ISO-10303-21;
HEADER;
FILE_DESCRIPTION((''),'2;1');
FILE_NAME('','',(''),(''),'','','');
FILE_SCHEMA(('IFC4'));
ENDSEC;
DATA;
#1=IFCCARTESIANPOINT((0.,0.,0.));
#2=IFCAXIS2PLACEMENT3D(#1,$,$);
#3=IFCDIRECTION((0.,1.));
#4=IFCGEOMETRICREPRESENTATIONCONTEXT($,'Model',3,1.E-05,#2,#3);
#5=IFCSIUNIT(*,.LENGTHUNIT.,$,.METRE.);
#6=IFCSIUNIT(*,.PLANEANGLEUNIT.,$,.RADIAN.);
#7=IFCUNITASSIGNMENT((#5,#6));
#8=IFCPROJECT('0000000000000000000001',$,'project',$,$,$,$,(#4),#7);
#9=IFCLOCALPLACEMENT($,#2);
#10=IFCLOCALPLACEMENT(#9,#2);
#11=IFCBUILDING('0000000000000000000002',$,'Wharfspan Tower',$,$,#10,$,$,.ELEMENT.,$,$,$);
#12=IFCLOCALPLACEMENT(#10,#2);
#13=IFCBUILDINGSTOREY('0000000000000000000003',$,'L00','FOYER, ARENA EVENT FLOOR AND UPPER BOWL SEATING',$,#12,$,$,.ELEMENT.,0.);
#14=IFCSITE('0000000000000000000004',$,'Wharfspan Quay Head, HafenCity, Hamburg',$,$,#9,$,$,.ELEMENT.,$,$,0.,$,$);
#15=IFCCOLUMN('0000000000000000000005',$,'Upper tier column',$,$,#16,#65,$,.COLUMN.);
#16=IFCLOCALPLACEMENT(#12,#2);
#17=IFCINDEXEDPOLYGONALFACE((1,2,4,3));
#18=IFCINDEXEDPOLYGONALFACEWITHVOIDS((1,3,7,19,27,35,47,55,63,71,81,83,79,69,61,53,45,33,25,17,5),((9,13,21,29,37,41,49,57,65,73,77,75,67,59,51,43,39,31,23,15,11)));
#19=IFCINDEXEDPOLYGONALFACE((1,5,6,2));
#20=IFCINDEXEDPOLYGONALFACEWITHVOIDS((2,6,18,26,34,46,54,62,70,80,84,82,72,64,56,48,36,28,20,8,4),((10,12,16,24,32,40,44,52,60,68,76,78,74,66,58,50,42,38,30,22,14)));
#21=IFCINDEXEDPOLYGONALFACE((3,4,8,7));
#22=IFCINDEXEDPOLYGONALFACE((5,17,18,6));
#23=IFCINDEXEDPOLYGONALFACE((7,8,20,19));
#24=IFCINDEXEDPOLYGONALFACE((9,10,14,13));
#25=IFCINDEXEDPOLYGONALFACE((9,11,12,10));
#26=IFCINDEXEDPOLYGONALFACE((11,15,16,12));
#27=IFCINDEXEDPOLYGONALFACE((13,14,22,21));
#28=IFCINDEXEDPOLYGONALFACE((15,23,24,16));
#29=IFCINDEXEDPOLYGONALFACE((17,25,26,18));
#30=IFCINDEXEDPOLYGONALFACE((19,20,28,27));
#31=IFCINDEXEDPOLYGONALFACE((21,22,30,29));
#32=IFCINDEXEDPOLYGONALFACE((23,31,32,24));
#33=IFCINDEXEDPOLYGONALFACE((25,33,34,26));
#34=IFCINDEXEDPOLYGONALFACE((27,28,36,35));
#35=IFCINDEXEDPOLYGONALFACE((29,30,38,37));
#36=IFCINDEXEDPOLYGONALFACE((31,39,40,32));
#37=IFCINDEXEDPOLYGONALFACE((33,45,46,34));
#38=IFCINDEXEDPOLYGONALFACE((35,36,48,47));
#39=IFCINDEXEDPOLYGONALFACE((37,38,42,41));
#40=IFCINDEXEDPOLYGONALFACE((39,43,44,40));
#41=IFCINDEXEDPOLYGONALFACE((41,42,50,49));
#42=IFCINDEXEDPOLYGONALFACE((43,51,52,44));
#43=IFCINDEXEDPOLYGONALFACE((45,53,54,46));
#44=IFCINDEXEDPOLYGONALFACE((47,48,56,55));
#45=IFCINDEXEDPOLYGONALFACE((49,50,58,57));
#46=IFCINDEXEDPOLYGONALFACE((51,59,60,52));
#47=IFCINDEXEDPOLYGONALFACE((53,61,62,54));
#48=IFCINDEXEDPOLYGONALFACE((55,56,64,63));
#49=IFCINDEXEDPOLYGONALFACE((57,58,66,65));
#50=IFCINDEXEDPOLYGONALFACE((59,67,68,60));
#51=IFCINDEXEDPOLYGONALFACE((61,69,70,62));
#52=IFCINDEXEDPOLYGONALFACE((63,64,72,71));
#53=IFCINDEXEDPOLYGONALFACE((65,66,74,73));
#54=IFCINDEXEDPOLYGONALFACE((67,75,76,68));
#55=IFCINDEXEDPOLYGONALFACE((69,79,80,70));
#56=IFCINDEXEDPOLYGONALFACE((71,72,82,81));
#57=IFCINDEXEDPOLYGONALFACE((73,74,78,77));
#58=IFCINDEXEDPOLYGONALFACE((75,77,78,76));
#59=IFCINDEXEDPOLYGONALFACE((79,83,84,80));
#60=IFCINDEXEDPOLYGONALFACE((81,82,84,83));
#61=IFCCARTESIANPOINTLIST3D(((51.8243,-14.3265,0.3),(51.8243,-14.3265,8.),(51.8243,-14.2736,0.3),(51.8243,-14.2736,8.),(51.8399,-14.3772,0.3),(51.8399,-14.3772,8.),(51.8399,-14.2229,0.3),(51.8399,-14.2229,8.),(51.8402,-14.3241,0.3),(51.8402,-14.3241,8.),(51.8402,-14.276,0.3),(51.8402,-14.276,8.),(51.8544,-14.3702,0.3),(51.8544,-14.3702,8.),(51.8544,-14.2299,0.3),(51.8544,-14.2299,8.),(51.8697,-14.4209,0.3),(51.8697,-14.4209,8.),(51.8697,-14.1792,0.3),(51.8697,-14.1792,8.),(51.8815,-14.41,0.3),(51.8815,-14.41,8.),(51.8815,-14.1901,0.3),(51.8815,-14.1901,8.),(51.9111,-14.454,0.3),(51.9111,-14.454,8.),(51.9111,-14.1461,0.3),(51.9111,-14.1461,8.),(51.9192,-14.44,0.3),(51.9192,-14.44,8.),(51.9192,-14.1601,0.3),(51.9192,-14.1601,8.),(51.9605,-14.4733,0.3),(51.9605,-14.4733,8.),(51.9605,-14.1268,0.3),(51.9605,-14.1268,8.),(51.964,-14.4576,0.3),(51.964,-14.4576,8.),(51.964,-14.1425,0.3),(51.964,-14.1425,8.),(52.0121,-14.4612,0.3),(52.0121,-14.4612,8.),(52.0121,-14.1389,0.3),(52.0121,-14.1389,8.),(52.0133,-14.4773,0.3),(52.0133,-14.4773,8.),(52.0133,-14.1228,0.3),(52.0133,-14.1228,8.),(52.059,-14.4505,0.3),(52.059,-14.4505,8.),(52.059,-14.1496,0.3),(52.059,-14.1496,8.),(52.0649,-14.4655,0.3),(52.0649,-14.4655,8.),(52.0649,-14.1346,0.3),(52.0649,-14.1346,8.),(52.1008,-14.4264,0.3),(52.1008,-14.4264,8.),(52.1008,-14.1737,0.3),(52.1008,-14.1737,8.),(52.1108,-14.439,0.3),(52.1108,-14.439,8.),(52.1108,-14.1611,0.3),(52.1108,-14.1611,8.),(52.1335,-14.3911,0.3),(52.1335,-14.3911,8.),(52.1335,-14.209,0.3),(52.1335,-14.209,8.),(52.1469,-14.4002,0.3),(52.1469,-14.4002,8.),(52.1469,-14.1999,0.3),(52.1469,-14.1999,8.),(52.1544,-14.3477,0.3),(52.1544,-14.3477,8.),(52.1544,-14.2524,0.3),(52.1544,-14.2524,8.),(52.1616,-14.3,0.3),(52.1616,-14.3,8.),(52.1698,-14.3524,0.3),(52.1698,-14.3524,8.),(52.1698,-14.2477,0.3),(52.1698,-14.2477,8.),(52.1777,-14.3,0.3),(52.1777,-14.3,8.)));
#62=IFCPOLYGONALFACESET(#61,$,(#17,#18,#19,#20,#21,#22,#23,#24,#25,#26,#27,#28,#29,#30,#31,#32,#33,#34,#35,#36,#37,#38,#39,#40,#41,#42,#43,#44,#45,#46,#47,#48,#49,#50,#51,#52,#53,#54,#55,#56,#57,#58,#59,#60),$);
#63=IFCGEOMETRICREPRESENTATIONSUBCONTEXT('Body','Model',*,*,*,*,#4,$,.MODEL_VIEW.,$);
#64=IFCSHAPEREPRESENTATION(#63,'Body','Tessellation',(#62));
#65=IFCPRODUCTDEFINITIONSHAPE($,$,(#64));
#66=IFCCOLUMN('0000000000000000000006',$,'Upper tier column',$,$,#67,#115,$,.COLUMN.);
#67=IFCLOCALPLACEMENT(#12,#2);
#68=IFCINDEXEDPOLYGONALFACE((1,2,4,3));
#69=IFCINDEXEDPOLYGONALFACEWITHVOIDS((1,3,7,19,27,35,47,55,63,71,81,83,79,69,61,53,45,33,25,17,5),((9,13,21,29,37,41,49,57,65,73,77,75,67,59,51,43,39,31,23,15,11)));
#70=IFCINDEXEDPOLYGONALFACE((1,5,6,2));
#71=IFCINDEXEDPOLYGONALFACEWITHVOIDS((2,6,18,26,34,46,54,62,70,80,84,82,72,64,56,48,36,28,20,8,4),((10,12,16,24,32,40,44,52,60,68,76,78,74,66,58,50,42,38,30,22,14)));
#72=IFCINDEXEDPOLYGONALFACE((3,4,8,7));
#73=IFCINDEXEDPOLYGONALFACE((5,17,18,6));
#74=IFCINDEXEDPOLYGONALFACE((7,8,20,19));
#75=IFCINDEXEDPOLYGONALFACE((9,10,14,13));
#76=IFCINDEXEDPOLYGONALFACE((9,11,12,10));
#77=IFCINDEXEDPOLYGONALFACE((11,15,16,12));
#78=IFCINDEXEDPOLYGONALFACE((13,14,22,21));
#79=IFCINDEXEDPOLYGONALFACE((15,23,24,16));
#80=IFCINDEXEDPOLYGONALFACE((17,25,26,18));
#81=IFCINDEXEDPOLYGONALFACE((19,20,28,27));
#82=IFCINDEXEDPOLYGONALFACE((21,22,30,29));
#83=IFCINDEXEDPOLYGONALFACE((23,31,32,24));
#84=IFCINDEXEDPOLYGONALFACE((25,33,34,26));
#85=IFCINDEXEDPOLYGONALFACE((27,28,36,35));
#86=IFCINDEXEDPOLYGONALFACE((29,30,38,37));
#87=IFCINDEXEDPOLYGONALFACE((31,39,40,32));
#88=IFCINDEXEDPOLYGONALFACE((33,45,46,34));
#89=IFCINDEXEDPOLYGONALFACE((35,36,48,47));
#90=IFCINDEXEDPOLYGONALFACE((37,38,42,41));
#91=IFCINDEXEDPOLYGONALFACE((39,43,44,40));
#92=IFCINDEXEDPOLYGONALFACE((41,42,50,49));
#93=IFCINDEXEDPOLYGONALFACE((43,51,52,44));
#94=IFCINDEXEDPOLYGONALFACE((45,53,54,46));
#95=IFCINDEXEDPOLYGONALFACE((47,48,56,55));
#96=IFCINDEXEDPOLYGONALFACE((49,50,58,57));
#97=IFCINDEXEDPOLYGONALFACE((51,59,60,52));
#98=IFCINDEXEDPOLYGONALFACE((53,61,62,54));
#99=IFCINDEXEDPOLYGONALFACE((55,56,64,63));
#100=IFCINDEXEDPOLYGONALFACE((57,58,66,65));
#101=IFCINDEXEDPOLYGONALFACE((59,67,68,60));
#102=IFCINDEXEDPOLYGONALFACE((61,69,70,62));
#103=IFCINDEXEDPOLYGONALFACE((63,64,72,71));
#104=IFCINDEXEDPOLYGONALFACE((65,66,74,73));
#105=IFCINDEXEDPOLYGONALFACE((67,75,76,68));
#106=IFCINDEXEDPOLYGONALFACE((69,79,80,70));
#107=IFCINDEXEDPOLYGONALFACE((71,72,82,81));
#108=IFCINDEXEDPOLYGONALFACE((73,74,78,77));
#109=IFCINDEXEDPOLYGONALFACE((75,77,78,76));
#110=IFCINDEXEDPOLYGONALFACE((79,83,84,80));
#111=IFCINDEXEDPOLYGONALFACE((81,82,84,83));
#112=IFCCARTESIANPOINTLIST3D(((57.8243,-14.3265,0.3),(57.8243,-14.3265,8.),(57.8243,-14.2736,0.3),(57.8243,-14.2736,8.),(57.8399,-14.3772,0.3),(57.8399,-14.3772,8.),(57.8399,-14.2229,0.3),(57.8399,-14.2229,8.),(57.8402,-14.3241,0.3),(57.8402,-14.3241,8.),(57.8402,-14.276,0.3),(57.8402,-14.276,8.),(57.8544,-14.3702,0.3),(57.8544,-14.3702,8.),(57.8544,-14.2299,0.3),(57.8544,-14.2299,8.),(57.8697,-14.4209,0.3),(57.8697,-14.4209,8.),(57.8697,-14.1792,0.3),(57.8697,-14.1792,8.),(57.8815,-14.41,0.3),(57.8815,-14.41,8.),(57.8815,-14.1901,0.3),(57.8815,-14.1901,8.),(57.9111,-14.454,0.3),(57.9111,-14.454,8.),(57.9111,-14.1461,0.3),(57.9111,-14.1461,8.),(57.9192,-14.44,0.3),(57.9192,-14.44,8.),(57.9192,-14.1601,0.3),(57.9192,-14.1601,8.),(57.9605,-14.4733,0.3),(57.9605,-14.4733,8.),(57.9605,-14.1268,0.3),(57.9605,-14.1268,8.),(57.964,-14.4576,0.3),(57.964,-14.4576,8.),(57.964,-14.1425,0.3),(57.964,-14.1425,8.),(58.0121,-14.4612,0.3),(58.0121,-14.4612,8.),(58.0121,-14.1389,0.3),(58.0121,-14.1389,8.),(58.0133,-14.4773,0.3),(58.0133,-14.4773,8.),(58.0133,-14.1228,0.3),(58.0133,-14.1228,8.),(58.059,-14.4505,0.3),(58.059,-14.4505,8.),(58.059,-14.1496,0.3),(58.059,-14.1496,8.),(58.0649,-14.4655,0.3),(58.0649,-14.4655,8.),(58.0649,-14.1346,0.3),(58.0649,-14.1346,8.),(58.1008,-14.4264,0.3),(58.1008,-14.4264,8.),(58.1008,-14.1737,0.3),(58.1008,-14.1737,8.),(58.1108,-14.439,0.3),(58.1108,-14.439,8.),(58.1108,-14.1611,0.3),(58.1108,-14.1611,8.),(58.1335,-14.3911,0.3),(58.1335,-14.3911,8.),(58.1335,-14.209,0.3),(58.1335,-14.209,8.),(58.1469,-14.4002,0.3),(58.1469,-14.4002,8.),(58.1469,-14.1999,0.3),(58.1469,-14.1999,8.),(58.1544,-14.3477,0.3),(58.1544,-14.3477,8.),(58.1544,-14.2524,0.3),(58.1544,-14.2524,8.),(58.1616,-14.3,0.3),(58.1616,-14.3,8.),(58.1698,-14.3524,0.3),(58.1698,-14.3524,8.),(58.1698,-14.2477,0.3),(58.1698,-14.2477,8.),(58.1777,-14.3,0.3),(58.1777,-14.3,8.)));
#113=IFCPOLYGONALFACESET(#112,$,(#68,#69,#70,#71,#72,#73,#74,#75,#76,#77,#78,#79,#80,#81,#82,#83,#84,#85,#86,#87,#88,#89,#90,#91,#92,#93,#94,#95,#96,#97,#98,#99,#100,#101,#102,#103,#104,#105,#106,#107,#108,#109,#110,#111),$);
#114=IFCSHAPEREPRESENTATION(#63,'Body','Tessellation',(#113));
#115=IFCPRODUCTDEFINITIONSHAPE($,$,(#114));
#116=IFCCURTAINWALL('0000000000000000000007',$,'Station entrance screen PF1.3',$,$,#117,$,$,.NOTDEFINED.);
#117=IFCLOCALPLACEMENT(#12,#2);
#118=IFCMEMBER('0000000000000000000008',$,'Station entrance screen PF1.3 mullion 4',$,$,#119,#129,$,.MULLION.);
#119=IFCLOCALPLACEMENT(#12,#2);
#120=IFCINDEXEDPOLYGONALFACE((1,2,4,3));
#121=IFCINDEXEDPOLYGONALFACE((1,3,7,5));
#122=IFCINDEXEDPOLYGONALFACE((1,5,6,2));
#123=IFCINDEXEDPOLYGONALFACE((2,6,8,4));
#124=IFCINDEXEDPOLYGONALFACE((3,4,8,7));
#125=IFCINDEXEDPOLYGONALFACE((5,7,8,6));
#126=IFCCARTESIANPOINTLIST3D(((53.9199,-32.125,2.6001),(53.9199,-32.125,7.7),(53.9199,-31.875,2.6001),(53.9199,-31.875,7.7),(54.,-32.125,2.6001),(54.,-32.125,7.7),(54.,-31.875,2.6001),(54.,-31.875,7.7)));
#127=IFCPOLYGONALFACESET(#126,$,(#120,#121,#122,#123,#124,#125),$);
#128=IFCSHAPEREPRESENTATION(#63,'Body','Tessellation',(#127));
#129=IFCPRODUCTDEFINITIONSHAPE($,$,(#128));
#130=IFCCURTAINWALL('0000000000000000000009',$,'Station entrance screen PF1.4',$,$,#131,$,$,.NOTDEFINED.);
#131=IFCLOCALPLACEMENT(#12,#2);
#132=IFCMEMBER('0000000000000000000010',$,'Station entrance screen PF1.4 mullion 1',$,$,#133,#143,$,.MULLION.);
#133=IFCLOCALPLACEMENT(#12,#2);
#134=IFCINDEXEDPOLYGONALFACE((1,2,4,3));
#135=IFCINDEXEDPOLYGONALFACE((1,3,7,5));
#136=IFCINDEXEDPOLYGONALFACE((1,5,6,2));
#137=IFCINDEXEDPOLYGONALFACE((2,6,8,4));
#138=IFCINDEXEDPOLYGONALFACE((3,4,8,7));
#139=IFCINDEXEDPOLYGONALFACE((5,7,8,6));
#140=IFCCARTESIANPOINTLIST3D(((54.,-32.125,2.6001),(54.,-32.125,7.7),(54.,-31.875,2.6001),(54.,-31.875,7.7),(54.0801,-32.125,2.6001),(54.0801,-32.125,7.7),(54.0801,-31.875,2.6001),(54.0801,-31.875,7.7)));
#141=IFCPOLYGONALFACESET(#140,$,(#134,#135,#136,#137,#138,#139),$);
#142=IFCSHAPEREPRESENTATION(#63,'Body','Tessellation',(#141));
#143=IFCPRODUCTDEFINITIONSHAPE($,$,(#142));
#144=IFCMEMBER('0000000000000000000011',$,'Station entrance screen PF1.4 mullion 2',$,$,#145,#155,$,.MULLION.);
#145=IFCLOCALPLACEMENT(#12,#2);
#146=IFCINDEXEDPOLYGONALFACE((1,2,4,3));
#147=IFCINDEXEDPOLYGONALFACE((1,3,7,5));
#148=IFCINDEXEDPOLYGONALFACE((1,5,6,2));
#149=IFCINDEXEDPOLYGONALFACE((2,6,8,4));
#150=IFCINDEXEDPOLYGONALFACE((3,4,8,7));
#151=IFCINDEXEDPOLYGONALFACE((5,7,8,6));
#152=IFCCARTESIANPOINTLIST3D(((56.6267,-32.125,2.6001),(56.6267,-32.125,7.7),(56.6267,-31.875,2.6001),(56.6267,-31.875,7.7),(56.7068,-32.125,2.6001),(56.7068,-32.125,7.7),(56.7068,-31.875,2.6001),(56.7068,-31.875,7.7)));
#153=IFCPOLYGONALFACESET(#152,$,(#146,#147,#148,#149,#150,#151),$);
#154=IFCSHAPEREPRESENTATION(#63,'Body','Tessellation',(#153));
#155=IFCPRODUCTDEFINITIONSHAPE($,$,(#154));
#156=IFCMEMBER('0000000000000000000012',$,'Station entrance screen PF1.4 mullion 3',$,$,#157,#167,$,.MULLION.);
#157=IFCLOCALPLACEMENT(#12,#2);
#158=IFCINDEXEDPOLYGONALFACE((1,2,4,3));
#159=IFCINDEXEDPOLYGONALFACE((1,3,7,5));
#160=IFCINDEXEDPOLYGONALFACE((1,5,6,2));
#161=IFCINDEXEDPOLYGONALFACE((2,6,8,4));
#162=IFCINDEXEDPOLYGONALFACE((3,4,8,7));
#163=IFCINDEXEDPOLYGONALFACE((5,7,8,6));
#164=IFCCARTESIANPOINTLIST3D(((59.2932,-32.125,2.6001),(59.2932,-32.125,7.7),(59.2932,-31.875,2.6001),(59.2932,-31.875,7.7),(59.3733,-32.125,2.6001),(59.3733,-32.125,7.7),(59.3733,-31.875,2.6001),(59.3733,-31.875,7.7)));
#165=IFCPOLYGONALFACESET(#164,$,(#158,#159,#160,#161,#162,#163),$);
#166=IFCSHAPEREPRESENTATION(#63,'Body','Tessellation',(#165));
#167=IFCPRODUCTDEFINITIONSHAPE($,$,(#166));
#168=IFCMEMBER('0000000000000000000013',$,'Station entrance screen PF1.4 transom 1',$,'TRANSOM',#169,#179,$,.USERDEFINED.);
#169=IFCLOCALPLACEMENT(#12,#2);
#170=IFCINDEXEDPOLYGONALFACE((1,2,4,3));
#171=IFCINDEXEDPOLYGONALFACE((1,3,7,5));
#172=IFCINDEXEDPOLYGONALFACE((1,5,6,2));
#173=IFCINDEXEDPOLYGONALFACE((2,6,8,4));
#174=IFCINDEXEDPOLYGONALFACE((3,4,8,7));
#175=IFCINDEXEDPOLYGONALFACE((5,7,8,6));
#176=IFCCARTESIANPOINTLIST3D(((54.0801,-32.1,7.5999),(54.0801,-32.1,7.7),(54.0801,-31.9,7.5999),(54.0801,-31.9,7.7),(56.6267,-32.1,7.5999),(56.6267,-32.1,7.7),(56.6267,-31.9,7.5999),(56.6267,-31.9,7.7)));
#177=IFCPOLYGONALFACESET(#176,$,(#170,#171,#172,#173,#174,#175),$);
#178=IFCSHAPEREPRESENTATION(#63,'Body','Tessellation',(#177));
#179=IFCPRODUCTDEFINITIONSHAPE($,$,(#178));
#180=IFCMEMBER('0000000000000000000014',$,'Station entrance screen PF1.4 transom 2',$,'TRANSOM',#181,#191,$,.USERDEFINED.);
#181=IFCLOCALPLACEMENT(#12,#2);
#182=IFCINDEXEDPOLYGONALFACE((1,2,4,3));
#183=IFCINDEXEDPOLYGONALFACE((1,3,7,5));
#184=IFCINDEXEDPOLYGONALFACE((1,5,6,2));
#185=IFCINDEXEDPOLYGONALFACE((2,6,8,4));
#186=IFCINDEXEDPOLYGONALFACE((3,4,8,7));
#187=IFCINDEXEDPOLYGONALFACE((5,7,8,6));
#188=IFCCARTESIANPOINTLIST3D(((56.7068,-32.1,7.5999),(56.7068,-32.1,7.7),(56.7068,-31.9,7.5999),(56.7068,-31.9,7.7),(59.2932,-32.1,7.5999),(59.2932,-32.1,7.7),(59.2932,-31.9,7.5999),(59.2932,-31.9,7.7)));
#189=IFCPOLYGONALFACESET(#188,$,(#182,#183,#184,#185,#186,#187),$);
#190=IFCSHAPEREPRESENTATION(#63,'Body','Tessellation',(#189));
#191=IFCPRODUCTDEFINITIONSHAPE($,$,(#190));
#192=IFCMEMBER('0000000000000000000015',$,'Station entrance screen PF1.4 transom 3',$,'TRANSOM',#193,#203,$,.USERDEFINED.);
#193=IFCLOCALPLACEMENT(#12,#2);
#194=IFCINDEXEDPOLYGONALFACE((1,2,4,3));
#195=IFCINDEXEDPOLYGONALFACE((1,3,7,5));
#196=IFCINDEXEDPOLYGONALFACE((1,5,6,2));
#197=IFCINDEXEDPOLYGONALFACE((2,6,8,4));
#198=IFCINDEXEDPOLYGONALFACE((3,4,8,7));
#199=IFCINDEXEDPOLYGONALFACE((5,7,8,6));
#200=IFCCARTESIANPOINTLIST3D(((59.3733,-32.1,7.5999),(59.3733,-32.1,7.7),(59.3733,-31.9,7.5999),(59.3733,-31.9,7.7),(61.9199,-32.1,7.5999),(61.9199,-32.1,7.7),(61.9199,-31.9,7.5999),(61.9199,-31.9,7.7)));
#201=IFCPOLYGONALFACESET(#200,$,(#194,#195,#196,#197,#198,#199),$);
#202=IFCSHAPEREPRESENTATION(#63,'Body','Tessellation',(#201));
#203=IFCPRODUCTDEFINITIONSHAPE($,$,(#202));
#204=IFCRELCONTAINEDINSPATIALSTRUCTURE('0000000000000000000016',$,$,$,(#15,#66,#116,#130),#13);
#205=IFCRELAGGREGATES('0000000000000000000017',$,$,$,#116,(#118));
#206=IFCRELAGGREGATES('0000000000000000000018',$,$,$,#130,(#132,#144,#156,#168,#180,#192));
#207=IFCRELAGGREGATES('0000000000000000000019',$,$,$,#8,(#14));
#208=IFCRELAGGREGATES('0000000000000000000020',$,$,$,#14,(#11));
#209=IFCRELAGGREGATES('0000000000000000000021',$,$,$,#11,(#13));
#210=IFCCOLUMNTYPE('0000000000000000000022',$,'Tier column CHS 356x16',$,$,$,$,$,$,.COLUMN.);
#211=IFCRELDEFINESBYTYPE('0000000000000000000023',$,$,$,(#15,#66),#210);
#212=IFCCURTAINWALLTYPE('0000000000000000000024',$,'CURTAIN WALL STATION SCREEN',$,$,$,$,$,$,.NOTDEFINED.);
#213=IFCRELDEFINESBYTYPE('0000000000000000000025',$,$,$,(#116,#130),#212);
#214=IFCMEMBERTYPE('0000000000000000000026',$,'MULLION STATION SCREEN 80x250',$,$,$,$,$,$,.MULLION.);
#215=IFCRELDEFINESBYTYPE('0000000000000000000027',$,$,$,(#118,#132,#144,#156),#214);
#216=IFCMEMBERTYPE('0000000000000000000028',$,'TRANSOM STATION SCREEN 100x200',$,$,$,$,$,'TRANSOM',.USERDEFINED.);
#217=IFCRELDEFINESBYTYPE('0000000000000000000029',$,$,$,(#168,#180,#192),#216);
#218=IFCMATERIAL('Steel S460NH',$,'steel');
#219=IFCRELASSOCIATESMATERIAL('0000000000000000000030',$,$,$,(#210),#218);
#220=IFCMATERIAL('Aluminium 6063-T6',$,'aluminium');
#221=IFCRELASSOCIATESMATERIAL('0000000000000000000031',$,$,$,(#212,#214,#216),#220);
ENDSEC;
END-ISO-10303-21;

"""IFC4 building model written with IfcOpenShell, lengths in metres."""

from ifc_helpers import new_model, si_unit, direction, frame, origin, origin_2d, place, context, subcontext, project, spatial, rectangle, hollow_circle, extrude, material, material_profile, profile_set, type_object, element, aggregate, save


model = new_model("IFC4")

# Units and contexts
model_context = context("Model", 3, precision=1e-05, world=origin(), true_north=direction((0.0, 1.0)))
body_context = subcontext(model_context, "Body", "Model", "MODEL_VIEW")
ifc_project = project(units=[si_unit("LENGTHUNIT", "METRE"), si_unit("PLANEANGLEUNIT", "RADIAN")], contexts=[model_context])

# Site, building, storey
site_placement = place(None, origin())
site = spatial("IfcSite", under=ifc_project, at=site_placement, Name="Wharfspan Quay Head, HafenCity, Hamburg", CompositionType="ELEMENT", RefElevation=0.0)
building_placement = place(site_placement, origin())
building = spatial("IfcBuilding", under=site, at=building_placement, Name="Wharfspan Tower", CompositionType="ELEMENT")
storey_placement = place(building_placement, origin())
storey = spatial("IfcBuildingStorey", under=building, at=storey_placement, Name="L00", Description="FOYER, ARENA EVENT FLOOR AND UPPER BOWL SEATING", CompositionType="ELEMENT", Elevation=0.0)

# Columns
ifc_material_1 = material(Name="Steel S460NH", Category="steel")
ifc_material_profile_1 = material_profile(ifc_material_1, hollow_circle(Radius=0.1777, WallThickness=0.0161, at=origin_2d()))
ifc_profile_set_1 = profile_set([ifc_material_profile_1], Name="Steel S460NH")
column_type_1 = type_object("IfcColumnType", Name="Tier column CHS 356x16", PredefinedType="COLUMN", material=ifc_profile_set_1)
for number, where, z_axis, x_axis, name in (
    (1, (52.0, -14.3, 0.3), (0.0, 0.0, 1.0), (1.0, 0.0, 0.0), "Upper tier column"),
    (2, (58.0, -14.3, 0.3), (0.0, 0.0, 1.0), (1.0, 0.0, 0.0), "Upper tier column"),
):
    element("IfcColumn", number, at=place(storey_placement, frame(where, z_axis=z_axis, x_axis=x_axis)), inside=storey, type_object=column_type_1, Name=name, PredefinedType="COLUMN", context=body_context, shape_type="SweptSolid", body=[
        extrude(hollow_circle(Radius=0.1777, WallThickness=0.0161, at=origin_2d()), origin(), (0.0, 0.0, 1.0), 7.7),
    ])

# Curtain wall, member
ifc_material_2 = material(Name="Aluminium 6063-T6", Category="aluminium")
curtain_wall_type = type_object("IfcCurtainWallType", Name="CURTAIN WALL STATION SCREEN", PredefinedType="NOTDEFINED", material=ifc_material_2)
curtain_wall_1_placement = place(storey_placement, origin())
curtain_wall_1 = element("IfcCurtainWall", 3, at=curtain_wall_1_placement, inside=storey, type_object=curtain_wall_type, Name="Station entrance screen PF1.3", PredefinedType="NOTDEFINED")
ifc_material_profile_2 = material_profile(ifc_material_2, rectangle(XDim=0.25, YDim=0.0801, at=origin_2d()))
ifc_profile_set_2 = profile_set([ifc_material_profile_2], Name="Aluminium 6063-T6")
member_type_1 = type_object("IfcMemberType", Name="MULLION STATION SCREEN 80x250", PredefinedType="MULLION", material=ifc_profile_set_2)
member_1_placement = place(storey_placement, frame((53.96, -32.0, 2.6001), z_axis=(0.0, 0.0, 1.0), x_axis=(0.0, 1.0, 0.0)))
member_1 = element("IfcMember", 4, at=member_1_placement, type_object=member_type_1, Name="Station entrance screen PF1.3 mullion 4", PredefinedType="MULLION", context=body_context, shape_type="SweptSolid", body=[
    extrude(rectangle(XDim=0.25, YDim=0.0801, at=origin_2d()), origin(), (0.0, 0.0, 1.0), 5.0999),
])

# Curtain wall, members
curtain_wall_2_placement = place(storey_placement, origin())
curtain_wall_2 = element("IfcCurtainWall", 5, at=curtain_wall_2_placement, inside=storey, type_object=curtain_wall_type, Name="Station entrance screen PF1.4", PredefinedType="NOTDEFINED")
member_2_placement = place(storey_placement, frame((54.04, -32.0, 2.6001), z_axis=(0.0, 0.0, 1.0), x_axis=(0.0, 1.0, 0.0)))
member_2 = element("IfcMember", 6, at=member_2_placement, type_object=member_type_1, Name="Station entrance screen PF1.4 mullion 1", PredefinedType="MULLION", context=body_context, shape_type="SweptSolid", body=[
    extrude(rectangle(XDim=0.25, YDim=0.0801, at=origin_2d()), origin(), (0.0, 0.0, 1.0), 5.0999),
])
member_3_placement = place(storey_placement, frame((56.6667, -32.0, 2.6001), z_axis=(0.0, 0.0, 1.0), x_axis=(0.0, 1.0, 0.0)))
member_3 = element("IfcMember", 7, at=member_3_placement, type_object=member_type_1, Name="Station entrance screen PF1.4 mullion 2", PredefinedType="MULLION", context=body_context, shape_type="SweptSolid", body=[
    extrude(rectangle(XDim=0.25, YDim=0.0801, at=origin_2d()), origin(), (0.0, 0.0, 1.0), 5.0999),
])
member_4_placement = place(storey_placement, frame((59.3333, -32.0, 2.6001), z_axis=(0.0, 0.0, 1.0), x_axis=(0.0, 1.0, 0.0)))
member_4 = element("IfcMember", 8, at=member_4_placement, type_object=member_type_1, Name="Station entrance screen PF1.4 mullion 3", PredefinedType="MULLION", context=body_context, shape_type="SweptSolid", body=[
    extrude(rectangle(XDim=0.25, YDim=0.0801, at=origin_2d()), origin(), (0.0, 0.0, 1.0), 5.0999),
])
ifc_material_profile_3 = material_profile(ifc_material_2, rectangle(XDim=0.2, YDim=0.1001, at=origin_2d()))
ifc_profile_set_3 = profile_set([ifc_material_profile_3], Name="Aluminium 6063-T6")
member_type_2 = type_object("IfcMemberType", Name="TRANSOM STATION SCREEN 100x200", ElementType="TRANSOM", PredefinedType="USERDEFINED", material=ifc_profile_set_3)
member_5_placement = place(storey_placement, frame((54.0801, -32.0, 7.6499), z_axis=(1.0, 0.0, 0.0), x_axis=(0.0, 1.0, 0.0)))
member_5 = element("IfcMember", 9, at=member_5_placement, type_object=member_type_2, Name="Station entrance screen PF1.4 transom 1", ObjectType="TRANSOM", PredefinedType="USERDEFINED", context=body_context, shape_type="SweptSolid", body=[
    extrude(rectangle(XDim=0.2, YDim=0.1001, at=origin_2d()), origin(), (0.0, 0.0, 1.0), 2.5466),
])
member_6_placement = place(storey_placement, frame((56.7068, -32.0, 7.6499), z_axis=(1.0, 0.0, 0.0), x_axis=(0.0, 1.0, 0.0)))
member_6 = element("IfcMember", 10, at=member_6_placement, type_object=member_type_2, Name="Station entrance screen PF1.4 transom 2", ObjectType="TRANSOM", PredefinedType="USERDEFINED", context=body_context, shape_type="SweptSolid", body=[
    extrude(rectangle(XDim=0.2, YDim=0.1001, at=origin_2d()), origin(), (0.0, 0.0, 1.0), 2.5864),
])
member_7_placement = place(storey_placement, frame((59.3733, -32.0, 7.6499), z_axis=(1.0, 0.0, 0.0), x_axis=(0.0, 1.0, 0.0)))
member_7 = element("IfcMember", 11, at=member_7_placement, type_object=member_type_2, Name="Station entrance screen PF1.4 transom 3", ObjectType="TRANSOM", PredefinedType="USERDEFINED", context=body_context, shape_type="SweptSolid", body=[
    extrude(rectangle(XDim=0.2, YDim=0.1001, at=origin_2d()), origin(), (0.0, 0.0, 1.0), 2.5466),
])

aggregate(curtain_wall_1, [member_1])
aggregate(curtain_wall_2, [member_2, member_3, member_4, member_5, member_6, member_7])

save(model, "model.ifc")
